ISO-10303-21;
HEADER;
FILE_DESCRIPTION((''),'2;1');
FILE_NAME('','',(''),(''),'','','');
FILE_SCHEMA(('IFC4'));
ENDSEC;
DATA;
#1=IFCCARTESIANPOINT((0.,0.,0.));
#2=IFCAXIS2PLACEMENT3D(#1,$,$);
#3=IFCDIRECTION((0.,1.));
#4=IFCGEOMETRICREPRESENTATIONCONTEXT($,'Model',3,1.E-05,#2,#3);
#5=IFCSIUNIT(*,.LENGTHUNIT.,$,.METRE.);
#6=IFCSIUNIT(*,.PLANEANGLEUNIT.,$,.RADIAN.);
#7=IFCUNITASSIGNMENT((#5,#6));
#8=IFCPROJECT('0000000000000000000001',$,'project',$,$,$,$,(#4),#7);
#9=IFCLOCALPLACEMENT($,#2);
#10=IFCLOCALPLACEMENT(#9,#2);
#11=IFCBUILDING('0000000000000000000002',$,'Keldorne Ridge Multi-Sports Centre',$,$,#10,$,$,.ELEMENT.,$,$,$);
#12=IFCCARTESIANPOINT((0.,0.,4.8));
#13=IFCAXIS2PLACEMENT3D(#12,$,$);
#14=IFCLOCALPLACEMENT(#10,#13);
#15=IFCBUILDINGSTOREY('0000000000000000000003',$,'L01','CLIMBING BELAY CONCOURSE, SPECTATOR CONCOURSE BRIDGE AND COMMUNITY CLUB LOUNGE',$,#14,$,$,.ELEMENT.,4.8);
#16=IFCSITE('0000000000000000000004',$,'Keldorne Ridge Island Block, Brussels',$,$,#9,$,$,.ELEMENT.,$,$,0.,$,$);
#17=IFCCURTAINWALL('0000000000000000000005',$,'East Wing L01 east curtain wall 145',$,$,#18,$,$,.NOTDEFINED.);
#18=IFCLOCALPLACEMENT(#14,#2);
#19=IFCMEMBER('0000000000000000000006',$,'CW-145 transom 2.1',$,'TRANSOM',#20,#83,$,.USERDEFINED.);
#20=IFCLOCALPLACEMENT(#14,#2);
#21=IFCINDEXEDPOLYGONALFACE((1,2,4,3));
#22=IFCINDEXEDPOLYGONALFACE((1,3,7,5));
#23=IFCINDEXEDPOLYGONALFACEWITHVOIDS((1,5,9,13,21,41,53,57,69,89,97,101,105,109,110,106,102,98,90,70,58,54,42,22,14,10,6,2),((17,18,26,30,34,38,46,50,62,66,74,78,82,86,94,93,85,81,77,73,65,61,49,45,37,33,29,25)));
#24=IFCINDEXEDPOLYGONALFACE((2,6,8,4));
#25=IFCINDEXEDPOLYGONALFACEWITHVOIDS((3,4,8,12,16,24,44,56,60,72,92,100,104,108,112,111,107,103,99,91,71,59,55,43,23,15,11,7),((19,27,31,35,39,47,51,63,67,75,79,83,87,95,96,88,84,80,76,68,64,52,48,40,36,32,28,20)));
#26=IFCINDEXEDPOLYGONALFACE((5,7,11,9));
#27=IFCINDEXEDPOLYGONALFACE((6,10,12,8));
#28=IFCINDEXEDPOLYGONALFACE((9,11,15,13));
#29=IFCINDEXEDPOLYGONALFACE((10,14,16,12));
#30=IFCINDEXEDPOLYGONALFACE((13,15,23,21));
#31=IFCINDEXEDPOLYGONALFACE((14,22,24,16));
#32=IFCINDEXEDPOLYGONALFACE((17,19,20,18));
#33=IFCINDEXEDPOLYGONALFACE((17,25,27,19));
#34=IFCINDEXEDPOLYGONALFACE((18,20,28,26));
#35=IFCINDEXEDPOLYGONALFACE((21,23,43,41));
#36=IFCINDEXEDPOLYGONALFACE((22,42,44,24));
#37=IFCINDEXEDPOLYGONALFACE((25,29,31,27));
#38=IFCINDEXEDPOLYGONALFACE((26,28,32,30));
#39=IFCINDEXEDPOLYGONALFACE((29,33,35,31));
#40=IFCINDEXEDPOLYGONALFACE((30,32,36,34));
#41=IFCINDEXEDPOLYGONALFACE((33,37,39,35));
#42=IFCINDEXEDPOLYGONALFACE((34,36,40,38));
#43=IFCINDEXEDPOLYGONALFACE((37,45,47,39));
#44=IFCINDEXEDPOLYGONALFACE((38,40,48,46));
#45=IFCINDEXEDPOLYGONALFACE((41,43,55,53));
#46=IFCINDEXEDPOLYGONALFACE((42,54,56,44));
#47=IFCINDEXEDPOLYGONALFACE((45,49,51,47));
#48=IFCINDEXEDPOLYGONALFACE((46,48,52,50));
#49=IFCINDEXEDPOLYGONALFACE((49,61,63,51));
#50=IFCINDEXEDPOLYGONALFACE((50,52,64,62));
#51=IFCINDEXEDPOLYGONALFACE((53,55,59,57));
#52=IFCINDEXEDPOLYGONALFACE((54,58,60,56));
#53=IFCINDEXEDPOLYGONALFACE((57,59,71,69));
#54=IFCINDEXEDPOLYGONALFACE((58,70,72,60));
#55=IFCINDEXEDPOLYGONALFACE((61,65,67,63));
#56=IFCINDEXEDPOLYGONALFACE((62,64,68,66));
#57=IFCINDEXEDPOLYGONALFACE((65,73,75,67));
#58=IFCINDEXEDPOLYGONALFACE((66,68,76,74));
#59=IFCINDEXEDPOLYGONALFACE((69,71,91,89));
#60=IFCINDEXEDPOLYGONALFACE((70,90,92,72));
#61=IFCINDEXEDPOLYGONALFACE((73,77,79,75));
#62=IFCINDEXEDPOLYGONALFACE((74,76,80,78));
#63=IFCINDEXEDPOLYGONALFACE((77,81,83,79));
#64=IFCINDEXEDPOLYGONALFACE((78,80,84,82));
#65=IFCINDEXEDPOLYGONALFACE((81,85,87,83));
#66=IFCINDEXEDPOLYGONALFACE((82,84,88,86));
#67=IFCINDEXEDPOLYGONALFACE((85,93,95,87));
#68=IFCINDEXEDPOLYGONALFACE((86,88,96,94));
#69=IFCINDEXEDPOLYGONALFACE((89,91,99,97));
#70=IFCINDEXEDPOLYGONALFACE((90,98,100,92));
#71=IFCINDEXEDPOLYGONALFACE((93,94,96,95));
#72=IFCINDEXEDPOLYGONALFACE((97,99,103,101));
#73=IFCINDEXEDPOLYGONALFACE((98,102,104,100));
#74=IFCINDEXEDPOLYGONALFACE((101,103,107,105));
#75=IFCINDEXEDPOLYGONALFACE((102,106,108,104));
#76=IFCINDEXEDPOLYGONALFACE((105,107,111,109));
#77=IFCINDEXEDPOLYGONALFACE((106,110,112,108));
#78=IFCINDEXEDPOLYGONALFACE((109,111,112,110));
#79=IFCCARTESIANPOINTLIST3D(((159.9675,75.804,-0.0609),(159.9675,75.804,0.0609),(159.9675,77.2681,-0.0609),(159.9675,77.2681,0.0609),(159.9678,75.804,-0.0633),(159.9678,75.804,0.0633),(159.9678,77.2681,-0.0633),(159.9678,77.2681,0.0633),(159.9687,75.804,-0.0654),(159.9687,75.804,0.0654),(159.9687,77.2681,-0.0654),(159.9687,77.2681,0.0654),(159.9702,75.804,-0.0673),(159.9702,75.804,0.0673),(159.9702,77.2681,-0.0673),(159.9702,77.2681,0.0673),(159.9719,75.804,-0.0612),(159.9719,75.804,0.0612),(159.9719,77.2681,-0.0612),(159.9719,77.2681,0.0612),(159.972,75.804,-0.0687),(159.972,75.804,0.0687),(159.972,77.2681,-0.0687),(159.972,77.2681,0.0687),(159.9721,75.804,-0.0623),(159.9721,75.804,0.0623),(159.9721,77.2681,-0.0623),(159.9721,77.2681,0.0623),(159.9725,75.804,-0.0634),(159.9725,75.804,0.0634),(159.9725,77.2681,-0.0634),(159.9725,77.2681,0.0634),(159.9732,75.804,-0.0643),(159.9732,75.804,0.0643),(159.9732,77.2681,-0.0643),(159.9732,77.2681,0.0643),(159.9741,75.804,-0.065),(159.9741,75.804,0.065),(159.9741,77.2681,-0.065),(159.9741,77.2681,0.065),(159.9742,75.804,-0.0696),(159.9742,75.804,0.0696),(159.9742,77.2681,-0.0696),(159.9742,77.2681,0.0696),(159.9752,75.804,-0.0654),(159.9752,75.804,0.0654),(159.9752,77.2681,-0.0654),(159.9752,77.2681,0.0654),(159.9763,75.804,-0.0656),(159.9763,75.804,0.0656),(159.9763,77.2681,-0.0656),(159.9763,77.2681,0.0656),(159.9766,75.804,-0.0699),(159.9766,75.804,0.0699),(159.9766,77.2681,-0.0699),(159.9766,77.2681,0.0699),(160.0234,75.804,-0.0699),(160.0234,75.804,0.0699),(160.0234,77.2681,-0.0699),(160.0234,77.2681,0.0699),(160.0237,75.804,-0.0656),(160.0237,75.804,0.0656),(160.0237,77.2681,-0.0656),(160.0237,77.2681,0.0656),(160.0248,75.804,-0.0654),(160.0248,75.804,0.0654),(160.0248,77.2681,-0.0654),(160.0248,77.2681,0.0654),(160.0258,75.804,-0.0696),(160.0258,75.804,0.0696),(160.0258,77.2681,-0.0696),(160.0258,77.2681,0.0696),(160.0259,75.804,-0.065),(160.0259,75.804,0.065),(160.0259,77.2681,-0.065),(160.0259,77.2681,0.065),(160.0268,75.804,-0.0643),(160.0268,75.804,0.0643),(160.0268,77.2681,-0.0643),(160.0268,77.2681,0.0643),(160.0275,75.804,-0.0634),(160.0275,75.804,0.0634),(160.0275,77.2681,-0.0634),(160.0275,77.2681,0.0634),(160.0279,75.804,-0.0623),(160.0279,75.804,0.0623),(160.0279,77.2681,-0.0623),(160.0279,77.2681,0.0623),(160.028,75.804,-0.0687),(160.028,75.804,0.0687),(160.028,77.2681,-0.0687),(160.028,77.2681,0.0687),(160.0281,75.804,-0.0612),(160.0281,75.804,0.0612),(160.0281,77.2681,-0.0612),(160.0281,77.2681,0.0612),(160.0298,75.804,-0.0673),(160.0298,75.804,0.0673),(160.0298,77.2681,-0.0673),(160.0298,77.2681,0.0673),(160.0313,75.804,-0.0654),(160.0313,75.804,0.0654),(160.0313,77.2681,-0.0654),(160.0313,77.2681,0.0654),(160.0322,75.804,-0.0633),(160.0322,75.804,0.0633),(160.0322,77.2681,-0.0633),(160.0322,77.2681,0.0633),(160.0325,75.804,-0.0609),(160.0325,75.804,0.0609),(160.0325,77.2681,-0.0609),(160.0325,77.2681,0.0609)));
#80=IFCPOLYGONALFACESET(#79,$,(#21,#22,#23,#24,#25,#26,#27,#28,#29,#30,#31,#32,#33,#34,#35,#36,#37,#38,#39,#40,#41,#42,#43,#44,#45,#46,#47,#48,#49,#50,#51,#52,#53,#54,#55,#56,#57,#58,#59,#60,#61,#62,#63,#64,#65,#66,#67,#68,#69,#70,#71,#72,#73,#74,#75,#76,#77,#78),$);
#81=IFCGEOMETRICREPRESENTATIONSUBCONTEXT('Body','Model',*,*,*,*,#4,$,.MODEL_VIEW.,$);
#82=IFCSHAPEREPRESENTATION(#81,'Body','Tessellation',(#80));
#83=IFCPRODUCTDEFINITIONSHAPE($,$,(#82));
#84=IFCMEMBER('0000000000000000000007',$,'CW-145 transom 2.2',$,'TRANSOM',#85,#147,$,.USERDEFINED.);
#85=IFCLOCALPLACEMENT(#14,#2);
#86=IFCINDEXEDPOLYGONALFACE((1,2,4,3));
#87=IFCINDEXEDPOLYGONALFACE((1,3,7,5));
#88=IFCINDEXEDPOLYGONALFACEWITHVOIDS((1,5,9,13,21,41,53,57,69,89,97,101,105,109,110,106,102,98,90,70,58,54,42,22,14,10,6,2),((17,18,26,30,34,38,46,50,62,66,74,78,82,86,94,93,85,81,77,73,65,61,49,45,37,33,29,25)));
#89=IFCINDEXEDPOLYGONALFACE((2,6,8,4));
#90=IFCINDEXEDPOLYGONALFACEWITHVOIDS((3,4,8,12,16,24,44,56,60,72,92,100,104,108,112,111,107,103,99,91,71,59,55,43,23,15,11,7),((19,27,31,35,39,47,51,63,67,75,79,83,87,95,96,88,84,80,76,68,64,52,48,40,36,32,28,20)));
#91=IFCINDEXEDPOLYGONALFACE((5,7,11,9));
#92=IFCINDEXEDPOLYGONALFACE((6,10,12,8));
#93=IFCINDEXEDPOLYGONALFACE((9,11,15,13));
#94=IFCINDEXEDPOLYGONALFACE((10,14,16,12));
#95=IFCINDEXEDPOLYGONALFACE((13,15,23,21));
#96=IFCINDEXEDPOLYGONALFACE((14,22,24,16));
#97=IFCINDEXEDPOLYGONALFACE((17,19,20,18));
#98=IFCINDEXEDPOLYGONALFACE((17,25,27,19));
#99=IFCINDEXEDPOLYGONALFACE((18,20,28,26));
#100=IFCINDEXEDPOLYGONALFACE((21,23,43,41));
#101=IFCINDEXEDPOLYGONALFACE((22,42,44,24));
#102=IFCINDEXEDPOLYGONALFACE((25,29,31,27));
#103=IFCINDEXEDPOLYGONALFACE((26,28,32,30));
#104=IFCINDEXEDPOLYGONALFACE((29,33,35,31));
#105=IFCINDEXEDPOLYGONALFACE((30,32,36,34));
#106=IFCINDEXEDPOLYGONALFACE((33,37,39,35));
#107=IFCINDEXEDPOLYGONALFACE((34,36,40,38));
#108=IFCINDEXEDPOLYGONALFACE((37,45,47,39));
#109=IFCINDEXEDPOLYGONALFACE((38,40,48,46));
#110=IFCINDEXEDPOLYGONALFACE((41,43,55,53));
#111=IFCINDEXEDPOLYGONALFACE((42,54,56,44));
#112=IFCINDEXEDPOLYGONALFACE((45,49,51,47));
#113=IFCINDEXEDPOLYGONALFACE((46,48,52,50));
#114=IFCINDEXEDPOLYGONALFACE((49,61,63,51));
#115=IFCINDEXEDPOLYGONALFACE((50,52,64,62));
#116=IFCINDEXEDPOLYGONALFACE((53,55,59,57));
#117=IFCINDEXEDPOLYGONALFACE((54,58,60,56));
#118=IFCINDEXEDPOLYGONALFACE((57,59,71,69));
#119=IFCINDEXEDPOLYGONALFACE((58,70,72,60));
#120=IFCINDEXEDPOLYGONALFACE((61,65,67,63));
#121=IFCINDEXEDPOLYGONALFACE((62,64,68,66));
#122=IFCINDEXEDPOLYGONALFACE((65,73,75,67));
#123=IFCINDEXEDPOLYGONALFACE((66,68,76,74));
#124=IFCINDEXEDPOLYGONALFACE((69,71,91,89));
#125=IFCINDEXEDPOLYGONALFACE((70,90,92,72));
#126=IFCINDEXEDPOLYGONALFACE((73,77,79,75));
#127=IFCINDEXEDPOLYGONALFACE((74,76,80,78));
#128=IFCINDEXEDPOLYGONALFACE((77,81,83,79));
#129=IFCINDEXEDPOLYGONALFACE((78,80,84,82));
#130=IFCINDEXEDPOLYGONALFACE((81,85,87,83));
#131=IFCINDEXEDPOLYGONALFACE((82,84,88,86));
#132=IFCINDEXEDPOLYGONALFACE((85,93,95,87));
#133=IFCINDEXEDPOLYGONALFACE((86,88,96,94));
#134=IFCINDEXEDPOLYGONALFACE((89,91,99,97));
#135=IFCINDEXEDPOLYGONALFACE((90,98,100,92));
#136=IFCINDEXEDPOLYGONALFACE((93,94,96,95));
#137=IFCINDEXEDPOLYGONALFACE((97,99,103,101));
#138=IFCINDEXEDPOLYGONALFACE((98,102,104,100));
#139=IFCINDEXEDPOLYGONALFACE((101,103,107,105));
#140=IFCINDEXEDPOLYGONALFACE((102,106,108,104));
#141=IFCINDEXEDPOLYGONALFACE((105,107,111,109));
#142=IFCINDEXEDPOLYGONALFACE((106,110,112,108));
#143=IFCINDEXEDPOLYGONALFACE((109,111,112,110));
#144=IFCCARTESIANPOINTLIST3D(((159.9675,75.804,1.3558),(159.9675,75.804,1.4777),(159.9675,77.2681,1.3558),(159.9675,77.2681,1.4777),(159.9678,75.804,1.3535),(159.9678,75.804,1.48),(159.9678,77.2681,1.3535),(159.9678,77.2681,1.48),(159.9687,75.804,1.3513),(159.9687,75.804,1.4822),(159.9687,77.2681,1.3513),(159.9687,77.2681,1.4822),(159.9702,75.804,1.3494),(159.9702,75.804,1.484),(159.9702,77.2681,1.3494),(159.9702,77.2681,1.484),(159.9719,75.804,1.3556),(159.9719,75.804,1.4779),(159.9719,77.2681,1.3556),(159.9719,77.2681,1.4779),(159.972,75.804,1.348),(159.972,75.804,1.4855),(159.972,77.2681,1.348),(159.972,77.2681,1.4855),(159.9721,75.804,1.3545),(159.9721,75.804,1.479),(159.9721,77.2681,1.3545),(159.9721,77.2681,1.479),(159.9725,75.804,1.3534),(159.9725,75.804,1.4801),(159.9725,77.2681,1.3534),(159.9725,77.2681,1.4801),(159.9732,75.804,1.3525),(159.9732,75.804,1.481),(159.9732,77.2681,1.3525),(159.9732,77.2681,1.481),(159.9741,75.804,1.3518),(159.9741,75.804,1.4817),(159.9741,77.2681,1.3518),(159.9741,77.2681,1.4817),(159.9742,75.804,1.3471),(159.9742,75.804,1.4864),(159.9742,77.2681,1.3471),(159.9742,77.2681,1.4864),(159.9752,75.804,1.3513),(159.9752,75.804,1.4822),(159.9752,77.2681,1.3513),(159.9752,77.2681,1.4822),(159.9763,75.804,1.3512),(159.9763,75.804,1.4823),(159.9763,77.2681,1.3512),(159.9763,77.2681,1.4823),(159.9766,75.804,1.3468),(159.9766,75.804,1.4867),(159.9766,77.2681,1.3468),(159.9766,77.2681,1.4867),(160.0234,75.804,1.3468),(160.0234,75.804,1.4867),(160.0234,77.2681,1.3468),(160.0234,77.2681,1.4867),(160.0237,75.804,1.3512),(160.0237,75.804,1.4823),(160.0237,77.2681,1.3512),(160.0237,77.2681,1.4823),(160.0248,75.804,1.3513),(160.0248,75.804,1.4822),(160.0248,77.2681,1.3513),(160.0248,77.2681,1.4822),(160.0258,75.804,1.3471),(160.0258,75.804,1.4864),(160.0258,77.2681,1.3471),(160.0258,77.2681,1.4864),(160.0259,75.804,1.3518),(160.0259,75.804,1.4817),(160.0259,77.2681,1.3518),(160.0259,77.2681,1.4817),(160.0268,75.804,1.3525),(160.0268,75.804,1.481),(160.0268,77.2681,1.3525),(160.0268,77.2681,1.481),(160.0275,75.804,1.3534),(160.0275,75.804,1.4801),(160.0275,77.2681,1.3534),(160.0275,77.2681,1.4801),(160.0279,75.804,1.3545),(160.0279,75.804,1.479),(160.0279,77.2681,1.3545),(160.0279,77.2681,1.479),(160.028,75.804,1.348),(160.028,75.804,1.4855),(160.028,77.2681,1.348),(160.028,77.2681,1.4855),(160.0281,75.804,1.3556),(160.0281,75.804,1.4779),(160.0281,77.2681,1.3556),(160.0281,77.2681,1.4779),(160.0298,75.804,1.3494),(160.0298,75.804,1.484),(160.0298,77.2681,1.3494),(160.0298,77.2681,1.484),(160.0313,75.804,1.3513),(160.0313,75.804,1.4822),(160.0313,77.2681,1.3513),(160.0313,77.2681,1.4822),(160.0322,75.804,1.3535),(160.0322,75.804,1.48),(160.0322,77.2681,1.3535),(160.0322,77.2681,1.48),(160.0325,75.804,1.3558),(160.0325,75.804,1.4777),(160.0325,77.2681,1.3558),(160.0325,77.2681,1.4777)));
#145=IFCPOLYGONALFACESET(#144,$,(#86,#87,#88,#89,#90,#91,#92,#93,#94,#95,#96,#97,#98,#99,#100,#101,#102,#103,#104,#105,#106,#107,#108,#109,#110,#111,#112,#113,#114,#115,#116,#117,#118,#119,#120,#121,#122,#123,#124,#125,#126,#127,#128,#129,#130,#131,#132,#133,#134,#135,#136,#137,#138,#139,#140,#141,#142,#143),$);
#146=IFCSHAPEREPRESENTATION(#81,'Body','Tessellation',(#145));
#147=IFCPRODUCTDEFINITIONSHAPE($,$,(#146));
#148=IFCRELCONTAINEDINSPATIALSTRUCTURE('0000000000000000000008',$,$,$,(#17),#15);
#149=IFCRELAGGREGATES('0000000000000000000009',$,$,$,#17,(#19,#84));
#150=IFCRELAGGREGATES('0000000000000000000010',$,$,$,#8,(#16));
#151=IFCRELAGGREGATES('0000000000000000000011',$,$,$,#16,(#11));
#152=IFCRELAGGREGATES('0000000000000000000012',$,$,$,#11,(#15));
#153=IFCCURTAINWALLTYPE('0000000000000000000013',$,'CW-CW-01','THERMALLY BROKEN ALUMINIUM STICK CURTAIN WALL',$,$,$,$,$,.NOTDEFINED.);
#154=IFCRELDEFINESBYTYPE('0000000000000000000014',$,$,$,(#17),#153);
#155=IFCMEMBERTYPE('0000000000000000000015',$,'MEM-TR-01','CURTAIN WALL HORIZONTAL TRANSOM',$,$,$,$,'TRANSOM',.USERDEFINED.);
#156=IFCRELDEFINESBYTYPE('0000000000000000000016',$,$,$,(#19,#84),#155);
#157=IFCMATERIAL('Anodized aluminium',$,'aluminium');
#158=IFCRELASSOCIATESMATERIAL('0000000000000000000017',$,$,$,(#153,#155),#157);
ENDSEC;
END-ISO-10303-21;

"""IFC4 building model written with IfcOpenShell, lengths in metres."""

from ifc_helpers import new_model, si_unit, direction, frame, origin, origin_2d, place, context, subcontext, project, spatial, hollow_rectangle, extrude, material, material_profile, profile_set, type_object, element, aggregate, save


model = new_model("IFC4")

# Units and contexts
model_context = context("Model", 3, precision=1e-05, world=origin(), true_north=direction((0.0, 1.0)))
body_context = subcontext(model_context, "Body", "Model", "MODEL_VIEW")
ifc_project = project(units=[si_unit("LENGTHUNIT", "METRE"), si_unit("PLANEANGLEUNIT", "RADIAN")], contexts=[model_context])

# Site, building, storey
site_placement = place(None, origin())
site = spatial("IfcSite", under=ifc_project, at=site_placement, Name="Keldorne Ridge Island Block, Brussels", CompositionType="ELEMENT", RefElevation=0.0)
building_placement = place(site_placement, origin())
building = spatial("IfcBuilding", under=site, at=building_placement, Name="Keldorne Ridge Multi-Sports Centre", CompositionType="ELEMENT")
storey_placement = place(building_placement, frame((0.0, 0.0, 4.8)))
storey = spatial("IfcBuildingStorey", under=building, at=storey_placement, Name="L01", Description="CLIMBING BELAY CONCOURSE, SPECTATOR CONCOURSE BRIDGE AND COMMUNITY CLUB LOUNGE", CompositionType="ELEMENT", Elevation=4.8)

# Curtain wall, members
ifc_material_1 = material(Name="Anodized aluminium", Category="aluminium")
curtain_wall_type = type_object("IfcCurtainWallType", Name="CW-CW-01", Description="THERMALLY BROKEN ALUMINIUM STICK CURTAIN WALL", PredefinedType="NOTDEFINED", material=ifc_material_1)
curtain_wall_placement = place(storey_placement, origin())
curtain_wall = element("IfcCurtainWall", 1, at=curtain_wall_placement, inside=storey, type_object=curtain_wall_type, Name="East Wing L01 east curtain wall 145", PredefinedType="NOTDEFINED")
ifc_material_profile_1 = material_profile(ifc_material_1, hollow_rectangle(XDim=0.0649, YDim=0.1399, WallThickness=0.0044, InnerFilletRadius=0.0044, OuterFilletRadius=0.009, at=origin_2d()), Name="ALU TRANSOM 140x65x4.5")
ifc_profile_set_1 = profile_set([ifc_material_profile_1], Name="Anodized aluminium")
member_type_1 = type_object("IfcMemberType", Name="MEM-TR-01", Description="CURTAIN WALL HORIZONTAL TRANSOM", ElementType="TRANSOM", PredefinedType="USERDEFINED", material=ifc_profile_set_1)
member_1_placement = place(storey_placement, frame((160.0, 75.804, 0.0), z_axis=(0.0, 1.0, 0.0), x_axis=(-1.0, 0.0, 0.0)))
member_1 = element("IfcMember", 2, at=member_1_placement, type_object=member_type_1, Name="CW-145 transom 2.1", ObjectType="TRANSOM", PredefinedType="USERDEFINED", context=body_context, shape_type="SweptSolid", body=[
    extrude(hollow_rectangle(XDim=0.0649, YDim=0.1399, WallThickness=0.0044, InnerFilletRadius=0.0044, OuterFilletRadius=0.009, at=origin_2d()), origin(), (0.0, 0.0, 1.0), 1.4641),
])
member_2_placement = place(storey_placement, frame((160.0, 75.804, 1.4167), z_axis=(0.0, 1.0, 0.0), x_axis=(-1.0, 0.0, 0.0)))
member_2 = element("IfcMember", 3, at=member_2_placement, type_object=member_type_1, Name="CW-145 transom 2.2", ObjectType="TRANSOM", PredefinedType="USERDEFINED", context=body_context, shape_type="SweptSolid", body=[
    extrude(hollow_rectangle(XDim=0.0649, YDim=0.1399, WallThickness=0.0044, InnerFilletRadius=0.0044, OuterFilletRadius=0.009, at=origin_2d()), origin(), (0.0, 0.0, 1.0), 1.4641),
])
aggregate(curtain_wall, [member_1, member_2])

save(model, "model.ifc")
